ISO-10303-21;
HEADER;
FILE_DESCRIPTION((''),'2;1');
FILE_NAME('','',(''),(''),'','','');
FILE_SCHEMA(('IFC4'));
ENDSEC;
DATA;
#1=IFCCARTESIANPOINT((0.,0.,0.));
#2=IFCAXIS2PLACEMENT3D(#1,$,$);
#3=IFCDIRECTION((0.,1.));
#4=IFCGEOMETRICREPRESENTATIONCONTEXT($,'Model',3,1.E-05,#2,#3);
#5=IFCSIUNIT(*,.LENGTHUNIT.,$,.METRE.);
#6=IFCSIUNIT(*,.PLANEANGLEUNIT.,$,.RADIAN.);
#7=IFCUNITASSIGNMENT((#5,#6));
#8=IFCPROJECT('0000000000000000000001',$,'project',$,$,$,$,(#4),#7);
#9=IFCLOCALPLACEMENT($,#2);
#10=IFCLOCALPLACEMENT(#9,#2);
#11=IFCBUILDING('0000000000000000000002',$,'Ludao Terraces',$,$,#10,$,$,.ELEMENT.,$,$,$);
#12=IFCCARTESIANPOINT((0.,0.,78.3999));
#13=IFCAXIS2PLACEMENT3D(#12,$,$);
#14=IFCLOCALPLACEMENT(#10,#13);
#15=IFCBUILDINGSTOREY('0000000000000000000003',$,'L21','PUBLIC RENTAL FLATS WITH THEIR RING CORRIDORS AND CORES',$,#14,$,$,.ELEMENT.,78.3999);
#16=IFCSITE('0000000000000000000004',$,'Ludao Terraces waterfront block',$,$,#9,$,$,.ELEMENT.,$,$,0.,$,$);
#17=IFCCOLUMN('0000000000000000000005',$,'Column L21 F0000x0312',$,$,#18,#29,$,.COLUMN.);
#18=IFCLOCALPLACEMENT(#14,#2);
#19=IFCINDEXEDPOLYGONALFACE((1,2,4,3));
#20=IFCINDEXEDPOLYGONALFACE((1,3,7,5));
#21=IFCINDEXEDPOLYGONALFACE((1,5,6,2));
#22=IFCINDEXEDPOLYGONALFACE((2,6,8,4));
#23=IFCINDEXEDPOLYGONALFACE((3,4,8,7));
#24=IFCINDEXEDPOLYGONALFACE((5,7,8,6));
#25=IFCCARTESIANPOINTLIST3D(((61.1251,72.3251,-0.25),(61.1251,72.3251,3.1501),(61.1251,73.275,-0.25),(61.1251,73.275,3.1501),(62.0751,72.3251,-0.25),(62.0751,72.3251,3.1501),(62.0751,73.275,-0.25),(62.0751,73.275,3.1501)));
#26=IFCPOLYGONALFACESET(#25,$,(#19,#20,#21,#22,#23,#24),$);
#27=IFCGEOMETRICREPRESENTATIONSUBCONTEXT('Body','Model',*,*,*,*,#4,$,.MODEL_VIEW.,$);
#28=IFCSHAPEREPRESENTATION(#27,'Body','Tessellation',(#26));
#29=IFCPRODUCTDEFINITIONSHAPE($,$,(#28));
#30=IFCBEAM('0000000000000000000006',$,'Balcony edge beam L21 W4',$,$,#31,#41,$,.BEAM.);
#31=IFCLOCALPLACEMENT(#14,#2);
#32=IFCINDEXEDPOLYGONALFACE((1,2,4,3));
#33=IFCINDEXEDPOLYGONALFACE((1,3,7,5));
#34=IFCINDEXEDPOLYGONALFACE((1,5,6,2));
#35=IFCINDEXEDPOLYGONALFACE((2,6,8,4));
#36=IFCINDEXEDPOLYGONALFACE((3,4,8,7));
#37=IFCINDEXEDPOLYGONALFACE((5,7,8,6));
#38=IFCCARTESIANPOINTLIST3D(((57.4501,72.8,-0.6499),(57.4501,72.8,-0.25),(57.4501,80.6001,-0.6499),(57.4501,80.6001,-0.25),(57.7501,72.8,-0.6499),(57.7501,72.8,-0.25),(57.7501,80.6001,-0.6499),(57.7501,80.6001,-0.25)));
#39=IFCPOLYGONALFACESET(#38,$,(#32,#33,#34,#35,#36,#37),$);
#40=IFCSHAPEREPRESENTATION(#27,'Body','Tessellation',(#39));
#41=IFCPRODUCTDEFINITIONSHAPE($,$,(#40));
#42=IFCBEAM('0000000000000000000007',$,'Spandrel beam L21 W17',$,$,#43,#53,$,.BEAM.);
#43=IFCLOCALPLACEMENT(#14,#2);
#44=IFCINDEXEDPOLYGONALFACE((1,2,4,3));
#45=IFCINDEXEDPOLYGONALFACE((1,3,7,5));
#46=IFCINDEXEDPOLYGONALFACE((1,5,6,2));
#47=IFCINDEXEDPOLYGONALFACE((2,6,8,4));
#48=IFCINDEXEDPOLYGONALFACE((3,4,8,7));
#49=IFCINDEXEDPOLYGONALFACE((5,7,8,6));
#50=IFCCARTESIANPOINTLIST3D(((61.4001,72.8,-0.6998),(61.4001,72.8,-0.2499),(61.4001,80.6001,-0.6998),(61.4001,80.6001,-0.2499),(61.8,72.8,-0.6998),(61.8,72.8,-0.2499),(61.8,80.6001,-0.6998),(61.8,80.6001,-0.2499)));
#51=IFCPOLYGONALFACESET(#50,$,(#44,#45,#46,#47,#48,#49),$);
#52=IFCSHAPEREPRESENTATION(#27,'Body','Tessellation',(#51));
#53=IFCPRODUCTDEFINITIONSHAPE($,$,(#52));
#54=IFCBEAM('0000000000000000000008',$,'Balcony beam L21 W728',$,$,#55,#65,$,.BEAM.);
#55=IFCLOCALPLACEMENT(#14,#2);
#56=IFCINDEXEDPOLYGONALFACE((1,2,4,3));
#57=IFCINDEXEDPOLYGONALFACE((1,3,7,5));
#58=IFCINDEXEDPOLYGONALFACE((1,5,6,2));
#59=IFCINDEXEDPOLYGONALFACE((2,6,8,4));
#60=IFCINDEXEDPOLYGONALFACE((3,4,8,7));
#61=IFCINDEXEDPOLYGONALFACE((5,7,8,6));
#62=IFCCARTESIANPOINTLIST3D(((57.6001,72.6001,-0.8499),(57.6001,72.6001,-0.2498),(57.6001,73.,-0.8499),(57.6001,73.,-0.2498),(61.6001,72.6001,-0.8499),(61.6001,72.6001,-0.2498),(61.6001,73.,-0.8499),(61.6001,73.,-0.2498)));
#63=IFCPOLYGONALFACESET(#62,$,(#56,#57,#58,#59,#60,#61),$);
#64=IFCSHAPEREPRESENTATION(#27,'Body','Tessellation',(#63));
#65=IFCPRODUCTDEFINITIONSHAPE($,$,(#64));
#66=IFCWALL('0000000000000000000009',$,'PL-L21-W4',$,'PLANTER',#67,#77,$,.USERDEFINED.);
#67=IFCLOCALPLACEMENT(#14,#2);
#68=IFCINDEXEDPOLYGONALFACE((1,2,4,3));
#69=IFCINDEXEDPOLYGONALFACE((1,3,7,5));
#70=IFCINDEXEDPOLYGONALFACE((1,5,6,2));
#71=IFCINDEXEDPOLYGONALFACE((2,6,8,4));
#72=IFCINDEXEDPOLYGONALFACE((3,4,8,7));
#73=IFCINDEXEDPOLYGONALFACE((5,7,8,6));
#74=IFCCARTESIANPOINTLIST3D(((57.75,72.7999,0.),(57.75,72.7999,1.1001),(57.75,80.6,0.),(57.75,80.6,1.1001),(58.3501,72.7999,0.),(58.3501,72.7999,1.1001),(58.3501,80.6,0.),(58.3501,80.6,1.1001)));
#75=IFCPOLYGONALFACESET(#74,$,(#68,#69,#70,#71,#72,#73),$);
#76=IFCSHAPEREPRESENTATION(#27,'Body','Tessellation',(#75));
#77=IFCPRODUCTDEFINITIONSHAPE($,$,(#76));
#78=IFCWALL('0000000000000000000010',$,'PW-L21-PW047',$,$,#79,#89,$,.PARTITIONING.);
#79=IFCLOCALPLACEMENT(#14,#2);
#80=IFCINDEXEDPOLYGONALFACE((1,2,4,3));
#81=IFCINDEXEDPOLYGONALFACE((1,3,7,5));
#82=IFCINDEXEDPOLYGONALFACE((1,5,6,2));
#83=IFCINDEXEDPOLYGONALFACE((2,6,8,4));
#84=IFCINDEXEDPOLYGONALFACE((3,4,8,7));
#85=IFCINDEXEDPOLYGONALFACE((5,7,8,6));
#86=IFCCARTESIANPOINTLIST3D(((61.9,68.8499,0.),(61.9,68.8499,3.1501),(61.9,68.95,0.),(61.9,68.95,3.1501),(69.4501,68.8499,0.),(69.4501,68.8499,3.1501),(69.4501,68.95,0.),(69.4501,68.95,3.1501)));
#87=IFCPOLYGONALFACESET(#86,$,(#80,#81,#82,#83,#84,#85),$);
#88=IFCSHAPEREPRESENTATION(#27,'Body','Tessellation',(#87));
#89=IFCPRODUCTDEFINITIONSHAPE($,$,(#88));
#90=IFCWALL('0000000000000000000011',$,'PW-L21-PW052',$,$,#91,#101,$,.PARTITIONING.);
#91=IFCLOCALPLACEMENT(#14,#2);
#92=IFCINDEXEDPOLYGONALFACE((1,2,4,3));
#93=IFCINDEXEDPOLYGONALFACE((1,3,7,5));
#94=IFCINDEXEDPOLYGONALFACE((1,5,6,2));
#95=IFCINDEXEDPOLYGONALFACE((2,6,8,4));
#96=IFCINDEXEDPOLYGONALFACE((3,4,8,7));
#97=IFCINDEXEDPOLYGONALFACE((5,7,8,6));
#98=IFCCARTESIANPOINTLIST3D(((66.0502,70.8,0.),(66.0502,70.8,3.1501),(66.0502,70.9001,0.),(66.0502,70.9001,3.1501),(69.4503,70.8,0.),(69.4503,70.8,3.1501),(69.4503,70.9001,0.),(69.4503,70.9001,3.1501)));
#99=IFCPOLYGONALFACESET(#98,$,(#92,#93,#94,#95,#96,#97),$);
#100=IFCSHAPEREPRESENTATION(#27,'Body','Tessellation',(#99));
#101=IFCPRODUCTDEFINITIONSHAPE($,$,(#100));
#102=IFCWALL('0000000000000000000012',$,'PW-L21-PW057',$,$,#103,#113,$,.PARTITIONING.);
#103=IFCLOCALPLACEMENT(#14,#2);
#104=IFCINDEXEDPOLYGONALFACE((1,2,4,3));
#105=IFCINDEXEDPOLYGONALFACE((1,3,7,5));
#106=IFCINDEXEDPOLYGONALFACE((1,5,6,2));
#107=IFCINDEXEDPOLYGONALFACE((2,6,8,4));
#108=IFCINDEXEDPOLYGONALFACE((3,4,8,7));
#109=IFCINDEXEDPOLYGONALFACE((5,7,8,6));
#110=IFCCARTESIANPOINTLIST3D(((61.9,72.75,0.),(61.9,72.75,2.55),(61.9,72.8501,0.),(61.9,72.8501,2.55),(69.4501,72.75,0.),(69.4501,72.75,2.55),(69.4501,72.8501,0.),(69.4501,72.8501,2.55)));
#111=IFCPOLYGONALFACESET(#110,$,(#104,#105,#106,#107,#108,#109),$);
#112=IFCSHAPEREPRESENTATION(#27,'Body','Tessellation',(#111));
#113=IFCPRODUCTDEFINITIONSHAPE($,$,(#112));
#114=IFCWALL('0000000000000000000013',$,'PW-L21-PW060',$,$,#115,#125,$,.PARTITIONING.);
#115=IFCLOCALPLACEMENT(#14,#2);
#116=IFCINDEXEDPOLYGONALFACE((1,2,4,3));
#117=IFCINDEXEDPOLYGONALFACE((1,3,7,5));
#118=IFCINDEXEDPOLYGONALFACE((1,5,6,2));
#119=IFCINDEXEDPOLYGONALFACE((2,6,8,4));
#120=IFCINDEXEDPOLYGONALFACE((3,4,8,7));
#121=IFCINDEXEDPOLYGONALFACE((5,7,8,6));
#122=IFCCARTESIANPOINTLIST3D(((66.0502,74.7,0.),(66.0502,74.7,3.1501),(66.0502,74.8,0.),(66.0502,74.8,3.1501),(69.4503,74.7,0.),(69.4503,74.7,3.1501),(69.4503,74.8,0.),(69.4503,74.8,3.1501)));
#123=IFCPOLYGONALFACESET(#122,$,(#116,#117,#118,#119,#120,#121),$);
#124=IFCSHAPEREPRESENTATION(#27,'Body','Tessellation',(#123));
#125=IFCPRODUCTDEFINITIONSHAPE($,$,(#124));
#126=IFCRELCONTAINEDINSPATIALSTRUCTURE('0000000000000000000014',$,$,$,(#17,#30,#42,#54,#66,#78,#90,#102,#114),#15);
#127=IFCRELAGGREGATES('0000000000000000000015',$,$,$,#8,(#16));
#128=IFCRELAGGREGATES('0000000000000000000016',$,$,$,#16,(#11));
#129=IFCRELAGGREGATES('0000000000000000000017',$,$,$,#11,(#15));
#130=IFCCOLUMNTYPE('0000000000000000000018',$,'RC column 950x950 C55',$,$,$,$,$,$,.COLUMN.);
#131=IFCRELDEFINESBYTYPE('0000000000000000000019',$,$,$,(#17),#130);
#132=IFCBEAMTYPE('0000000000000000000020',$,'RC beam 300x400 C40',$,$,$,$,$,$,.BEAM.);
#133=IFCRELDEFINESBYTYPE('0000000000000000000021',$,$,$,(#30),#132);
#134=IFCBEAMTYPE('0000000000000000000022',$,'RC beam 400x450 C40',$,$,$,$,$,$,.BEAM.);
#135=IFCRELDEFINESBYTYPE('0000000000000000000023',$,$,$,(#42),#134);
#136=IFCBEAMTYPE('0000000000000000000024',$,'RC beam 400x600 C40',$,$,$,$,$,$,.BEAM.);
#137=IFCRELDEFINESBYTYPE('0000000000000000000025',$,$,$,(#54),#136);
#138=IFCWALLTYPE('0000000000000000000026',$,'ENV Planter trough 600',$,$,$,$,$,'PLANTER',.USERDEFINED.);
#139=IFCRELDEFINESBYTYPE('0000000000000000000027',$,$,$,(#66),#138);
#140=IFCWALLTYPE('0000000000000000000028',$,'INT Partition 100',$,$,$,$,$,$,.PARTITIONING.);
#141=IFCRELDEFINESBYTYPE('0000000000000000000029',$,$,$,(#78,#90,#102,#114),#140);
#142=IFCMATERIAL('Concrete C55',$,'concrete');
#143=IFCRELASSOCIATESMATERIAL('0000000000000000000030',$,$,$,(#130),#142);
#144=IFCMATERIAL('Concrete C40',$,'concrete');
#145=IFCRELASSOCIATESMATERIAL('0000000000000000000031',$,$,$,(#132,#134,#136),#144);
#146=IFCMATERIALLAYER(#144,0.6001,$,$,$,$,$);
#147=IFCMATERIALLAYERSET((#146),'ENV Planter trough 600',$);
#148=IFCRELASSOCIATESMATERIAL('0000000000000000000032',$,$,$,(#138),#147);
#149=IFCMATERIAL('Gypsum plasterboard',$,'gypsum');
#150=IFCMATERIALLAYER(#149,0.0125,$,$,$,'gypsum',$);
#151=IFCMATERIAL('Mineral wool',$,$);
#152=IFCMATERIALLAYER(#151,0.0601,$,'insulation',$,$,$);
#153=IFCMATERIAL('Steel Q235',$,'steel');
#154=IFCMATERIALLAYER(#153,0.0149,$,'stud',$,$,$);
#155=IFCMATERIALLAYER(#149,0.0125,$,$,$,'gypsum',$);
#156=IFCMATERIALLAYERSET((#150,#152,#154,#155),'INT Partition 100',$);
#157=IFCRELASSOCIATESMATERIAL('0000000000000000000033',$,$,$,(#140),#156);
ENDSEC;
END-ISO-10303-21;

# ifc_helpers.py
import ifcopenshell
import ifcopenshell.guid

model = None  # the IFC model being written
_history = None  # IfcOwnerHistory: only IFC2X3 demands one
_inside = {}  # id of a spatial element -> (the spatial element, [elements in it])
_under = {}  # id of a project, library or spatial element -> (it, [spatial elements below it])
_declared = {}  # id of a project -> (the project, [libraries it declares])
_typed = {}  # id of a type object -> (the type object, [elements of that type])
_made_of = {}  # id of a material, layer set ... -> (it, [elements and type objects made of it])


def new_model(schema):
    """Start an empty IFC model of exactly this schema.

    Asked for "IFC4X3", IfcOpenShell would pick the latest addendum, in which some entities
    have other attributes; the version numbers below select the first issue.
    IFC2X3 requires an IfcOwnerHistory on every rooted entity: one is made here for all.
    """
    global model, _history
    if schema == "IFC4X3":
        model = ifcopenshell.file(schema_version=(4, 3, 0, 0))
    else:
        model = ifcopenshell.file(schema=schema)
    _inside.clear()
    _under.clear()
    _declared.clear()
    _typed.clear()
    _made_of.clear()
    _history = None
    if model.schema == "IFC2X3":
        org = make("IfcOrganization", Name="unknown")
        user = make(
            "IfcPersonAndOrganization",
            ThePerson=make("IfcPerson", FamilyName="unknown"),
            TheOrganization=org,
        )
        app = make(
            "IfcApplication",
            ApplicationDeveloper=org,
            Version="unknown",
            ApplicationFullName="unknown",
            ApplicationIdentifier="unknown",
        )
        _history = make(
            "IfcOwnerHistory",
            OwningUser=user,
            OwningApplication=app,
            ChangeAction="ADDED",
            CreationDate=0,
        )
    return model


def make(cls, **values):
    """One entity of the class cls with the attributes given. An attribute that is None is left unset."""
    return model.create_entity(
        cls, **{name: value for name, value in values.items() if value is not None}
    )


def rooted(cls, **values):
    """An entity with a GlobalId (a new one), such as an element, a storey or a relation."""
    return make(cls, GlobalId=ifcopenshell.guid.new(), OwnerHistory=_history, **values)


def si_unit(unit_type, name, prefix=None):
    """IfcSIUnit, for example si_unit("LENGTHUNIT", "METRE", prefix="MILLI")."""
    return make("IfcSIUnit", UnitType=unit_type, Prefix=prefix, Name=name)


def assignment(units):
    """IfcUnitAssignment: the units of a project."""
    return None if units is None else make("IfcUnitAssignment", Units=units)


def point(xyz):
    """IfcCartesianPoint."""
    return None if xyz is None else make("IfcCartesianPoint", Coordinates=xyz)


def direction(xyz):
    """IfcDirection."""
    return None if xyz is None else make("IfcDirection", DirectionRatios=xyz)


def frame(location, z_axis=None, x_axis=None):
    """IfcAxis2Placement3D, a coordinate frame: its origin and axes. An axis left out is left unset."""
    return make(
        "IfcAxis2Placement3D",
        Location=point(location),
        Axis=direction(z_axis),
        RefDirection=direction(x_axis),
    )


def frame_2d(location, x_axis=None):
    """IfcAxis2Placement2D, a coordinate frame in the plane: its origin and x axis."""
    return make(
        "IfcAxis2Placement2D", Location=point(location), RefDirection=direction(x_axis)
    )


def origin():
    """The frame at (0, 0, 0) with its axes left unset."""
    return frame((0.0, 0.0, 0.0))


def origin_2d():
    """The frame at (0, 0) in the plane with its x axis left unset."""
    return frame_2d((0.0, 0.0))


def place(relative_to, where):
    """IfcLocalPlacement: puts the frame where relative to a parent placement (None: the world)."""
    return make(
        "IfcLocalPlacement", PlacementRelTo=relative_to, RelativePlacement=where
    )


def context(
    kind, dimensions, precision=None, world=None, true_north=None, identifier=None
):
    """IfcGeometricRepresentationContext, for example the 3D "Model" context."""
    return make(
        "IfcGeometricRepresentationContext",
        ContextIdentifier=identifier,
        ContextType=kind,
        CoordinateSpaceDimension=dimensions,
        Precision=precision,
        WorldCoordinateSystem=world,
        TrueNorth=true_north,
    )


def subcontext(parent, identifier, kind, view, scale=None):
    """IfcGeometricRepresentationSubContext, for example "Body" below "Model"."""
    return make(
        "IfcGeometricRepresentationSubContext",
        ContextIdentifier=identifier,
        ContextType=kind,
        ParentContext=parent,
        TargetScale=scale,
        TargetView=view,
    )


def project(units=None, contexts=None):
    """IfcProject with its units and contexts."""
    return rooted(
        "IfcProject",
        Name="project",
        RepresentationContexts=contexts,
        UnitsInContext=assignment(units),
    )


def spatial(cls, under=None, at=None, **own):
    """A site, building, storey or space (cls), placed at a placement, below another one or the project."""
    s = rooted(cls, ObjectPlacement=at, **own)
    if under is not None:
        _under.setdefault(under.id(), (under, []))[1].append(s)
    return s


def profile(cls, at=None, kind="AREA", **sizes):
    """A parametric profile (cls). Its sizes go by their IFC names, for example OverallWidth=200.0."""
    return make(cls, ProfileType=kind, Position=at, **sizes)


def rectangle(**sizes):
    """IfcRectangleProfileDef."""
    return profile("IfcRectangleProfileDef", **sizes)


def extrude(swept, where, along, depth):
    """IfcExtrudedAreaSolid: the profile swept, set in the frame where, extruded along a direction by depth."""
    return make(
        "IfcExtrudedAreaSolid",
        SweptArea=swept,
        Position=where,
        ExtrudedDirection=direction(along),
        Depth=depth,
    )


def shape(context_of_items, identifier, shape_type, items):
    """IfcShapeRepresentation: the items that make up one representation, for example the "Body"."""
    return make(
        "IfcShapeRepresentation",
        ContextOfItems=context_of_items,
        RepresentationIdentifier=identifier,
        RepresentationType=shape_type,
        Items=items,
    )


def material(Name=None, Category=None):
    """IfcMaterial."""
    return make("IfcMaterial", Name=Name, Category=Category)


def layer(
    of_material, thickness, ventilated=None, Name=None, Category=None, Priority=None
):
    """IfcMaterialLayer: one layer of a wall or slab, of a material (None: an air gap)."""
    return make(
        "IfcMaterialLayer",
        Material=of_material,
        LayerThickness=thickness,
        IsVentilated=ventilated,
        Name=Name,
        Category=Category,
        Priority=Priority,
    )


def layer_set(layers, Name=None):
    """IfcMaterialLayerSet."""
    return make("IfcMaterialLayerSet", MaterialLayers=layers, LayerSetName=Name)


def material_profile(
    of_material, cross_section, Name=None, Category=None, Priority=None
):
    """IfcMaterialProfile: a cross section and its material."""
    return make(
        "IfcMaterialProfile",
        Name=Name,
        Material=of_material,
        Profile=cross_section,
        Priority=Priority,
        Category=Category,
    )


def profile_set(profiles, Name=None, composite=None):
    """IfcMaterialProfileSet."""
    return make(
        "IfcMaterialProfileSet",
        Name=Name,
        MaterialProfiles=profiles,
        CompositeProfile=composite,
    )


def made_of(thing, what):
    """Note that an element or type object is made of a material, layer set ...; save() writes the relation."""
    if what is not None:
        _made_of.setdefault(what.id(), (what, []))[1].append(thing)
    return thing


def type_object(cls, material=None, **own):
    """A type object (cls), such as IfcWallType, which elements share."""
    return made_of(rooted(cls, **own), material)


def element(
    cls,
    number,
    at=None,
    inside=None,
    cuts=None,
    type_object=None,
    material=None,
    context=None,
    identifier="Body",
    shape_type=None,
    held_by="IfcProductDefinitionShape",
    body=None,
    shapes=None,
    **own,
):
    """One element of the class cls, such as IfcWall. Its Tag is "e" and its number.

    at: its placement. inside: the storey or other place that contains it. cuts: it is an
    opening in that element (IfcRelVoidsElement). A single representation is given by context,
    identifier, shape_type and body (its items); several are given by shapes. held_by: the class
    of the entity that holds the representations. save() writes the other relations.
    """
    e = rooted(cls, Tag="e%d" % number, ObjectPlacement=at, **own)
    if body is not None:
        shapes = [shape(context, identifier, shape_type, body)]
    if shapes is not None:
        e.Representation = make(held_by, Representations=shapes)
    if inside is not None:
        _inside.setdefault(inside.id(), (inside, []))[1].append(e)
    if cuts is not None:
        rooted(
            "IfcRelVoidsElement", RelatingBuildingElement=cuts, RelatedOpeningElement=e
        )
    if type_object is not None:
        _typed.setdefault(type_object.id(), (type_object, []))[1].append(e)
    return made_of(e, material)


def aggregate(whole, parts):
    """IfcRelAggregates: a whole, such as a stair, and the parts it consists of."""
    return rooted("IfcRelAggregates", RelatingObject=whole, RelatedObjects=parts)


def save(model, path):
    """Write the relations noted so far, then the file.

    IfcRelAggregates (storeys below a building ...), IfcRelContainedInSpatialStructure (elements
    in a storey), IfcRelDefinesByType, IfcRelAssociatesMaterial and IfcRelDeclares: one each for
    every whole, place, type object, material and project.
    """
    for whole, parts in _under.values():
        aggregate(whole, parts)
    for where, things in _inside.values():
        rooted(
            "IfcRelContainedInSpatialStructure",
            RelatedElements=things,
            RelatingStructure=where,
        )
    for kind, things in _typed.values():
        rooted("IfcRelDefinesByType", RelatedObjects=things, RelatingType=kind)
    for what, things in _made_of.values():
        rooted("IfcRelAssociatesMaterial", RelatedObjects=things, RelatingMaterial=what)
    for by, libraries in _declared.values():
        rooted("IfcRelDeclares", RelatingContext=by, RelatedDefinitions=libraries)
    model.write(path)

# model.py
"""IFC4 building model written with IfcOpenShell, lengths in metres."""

from ifc_helpers import new_model, si_unit, direction, frame, frame_2d, origin, origin_2d, place, context, subcontext, project, spatial, rectangle, extrude, material, layer, layer_set, material_profile, profile_set, type_object, element, save


model = new_model("IFC4")

# Units and contexts
model_context = context("Model", 3, precision=1e-05, world=origin(), true_north=direction((0.0, 1.0)))
body_context = subcontext(model_context, "Body", "Model", "MODEL_VIEW")
ifc_project = project(units=[si_unit("LENGTHUNIT", "METRE"), si_unit("PLANEANGLEUNIT", "RADIAN")], contexts=[model_context])

# Site, building, storey
site_placement = place(None, origin())
site = spatial("IfcSite", under=ifc_project, at=site_placement, Name="Ludao Terraces waterfront block", CompositionType="ELEMENT", RefElevation=0.0)
building_placement = place(site_placement, origin())
building = spatial("IfcBuilding", under=site, at=building_placement, Name="Ludao Terraces", CompositionType="ELEMENT")
storey_placement = place(building_placement, frame((0.0, 0.0, 78.3999)))
storey = spatial("IfcBuildingStorey", under=building, at=storey_placement, Name="L21", Description="PUBLIC RENTAL FLATS WITH THEIR RING CORRIDORS AND CORES", CompositionType="ELEMENT", Elevation=78.3999)

# Column
ifc_material_1 = material(Name="Concrete C55", Category="concrete")
ifc_material_profile_1 = material_profile(ifc_material_1, rectangle(XDim=0.95, YDim=0.95, at=origin_2d()), Name="950 X 950")
ifc_profile_set_1 = profile_set([ifc_material_profile_1], Name="Concrete C55")
column_type = type_object("IfcColumnType", Name="RC column 950x950 C55", PredefinedType="COLUMN", material=ifc_profile_set_1)
column_placement = place(storey_placement, frame((61.6001, 72.8, -0.25), z_axis=(0.0, 0.0, 1.0), x_axis=(1.0, 0.0, 0.0)))
element("IfcColumn", 1, at=column_placement, inside=storey, type_object=column_type, Name="Column L21 F0000x0312", PredefinedType="COLUMN", context=body_context, shape_type="SweptSolid", body=[
    extrude(rectangle(XDim=0.95, YDim=0.95, at=origin_2d()), origin(), (0.0, 0.0, 1.0), 3.4001),
])

# Beams
ifc_material_2 = material(Name="Concrete C40", Category="concrete")
ifc_material_profile_2 = material_profile(ifc_material_2, rectangle(XDim=0.3, YDim=0.3999, at=origin_2d()), Name="300 X 400")
ifc_profile_set_2 = profile_set([ifc_material_profile_2], Name="Concrete C40")
beam_type_1 = type_object("IfcBeamType", Name="RC beam 300x400 C40", PredefinedType="BEAM", material=ifc_profile_set_2)
beam_1_placement = place(storey_placement, frame((57.6001, 72.8, -0.45), z_axis=(0.0, 1.0, 0.0), x_axis=(-1.0, 0.0, 0.0)))
element("IfcBeam", 2, at=beam_1_placement, inside=storey, type_object=beam_type_1, Name="Balcony edge beam L21 W4", PredefinedType="BEAM", context=body_context, shape_type="SweptSolid", body=[
    extrude(rectangle(XDim=0.3, YDim=0.3999, at=origin_2d()), origin(), (0.0, 0.0, 1.0), 7.8),
])
ifc_material_profile_3 = material_profile(ifc_material_2, rectangle(XDim=0.3999, YDim=0.45, at=origin_2d()), Name="400 X 450")
ifc_profile_set_3 = profile_set([ifc_material_profile_3], Name="Concrete C40")
beam_type_2 = type_object("IfcBeamType", Name="RC beam 400x450 C40", PredefinedType="BEAM", material=ifc_profile_set_3)
beam_2_placement = place(storey_placement, frame((61.6001, 72.8, -0.4749), z_axis=(0.0, 1.0, 0.0), x_axis=(-1.0, 0.0, 0.0)))
element("IfcBeam", 3, at=beam_2_placement, inside=storey, type_object=beam_type_2, Name="Spandrel beam L21 W17", PredefinedType="BEAM", context=body_context, shape_type="SweptSolid", body=[
    extrude(rectangle(XDim=0.3999, YDim=0.45, at=origin_2d()), origin(), (0.0, 0.0, 1.0), 7.8),
])
ifc_material_profile_4 = material_profile(ifc_material_2, rectangle(XDim=0.3999, YDim=0.6001, at=origin_2d()), Name="400 X 600")
ifc_profile_set_4 = profile_set([ifc_material_profile_4], Name="Concrete C40")
beam_type_3 = type_object("IfcBeamType", Name="RC beam 400x600 C40", PredefinedType="BEAM", material=ifc_profile_set_4)
beam_3_placement = place(storey_placement, frame((61.6001, 72.8, -0.5498), z_axis=(-1.0, 0.0, 0.0), x_axis=(0.0, -1.0, 0.0)))
element("IfcBeam", 4, at=beam_3_placement, inside=storey, type_object=beam_type_3, Name="Balcony beam L21 W728", PredefinedType="BEAM", context=body_context, shape_type="SweptSolid", body=[
    extrude(rectangle(XDim=0.3999, YDim=0.6001, at=origin_2d()), origin(), (0.0, 0.0, 1.0), 4.0),
])

# Wall
ifc_layer_1 = layer(ifc_material_2, 0.6001)
ifc_layer_set_1 = layer_set([ifc_layer_1], Name="ENV Planter trough 600")
wall_type_1 = type_object("IfcWallType", Name="ENV Planter trough 600", ElementType="PLANTER", PredefinedType="USERDEFINED", material=ifc_layer_set_1)
wall_1_placement = place(storey_placement, frame((58.05, 72.8, 0.0), z_axis=(0.0, 0.0, 1.0), x_axis=(0.0, 1.0, 0.0)))
element("IfcWall", 5, at=wall_1_placement, inside=storey, type_object=wall_type_1, Name="PL-L21-W4", ObjectType="PLANTER", PredefinedType="USERDEFINED", context=body_context, shape_type="SweptSolid", body=[
    extrude(rectangle(XDim=7.8, YDim=0.6001, at=frame_2d((3.8999, 0.0))), origin(), (0.0, 0.0, 1.0), 1.1001),
])

# Shared definitions
ifc_material_3 = material(Name="Mineral wool")

# Walls
ifc_material_4 = material(Name="Gypsum plasterboard", Category="gypsum")
ifc_layer_2 = layer(ifc_material_4, 0.0125, Category="gypsum")
ifc_layer_3 = layer(ifc_material_3, 0.0601, Name="insulation")
ifc_material_5 = material(Name="Steel Q235", Category="steel")
ifc_layer_4 = layer(ifc_material_5, 0.0149, Name="stud")
ifc_layer_5 = layer(ifc_material_4, 0.0125, Category="gypsum")
ifc_layer_set_2 = layer_set([ifc_layer_2, ifc_layer_3, ifc_layer_4, ifc_layer_5], Name="INT Partition 100")
wall_type_2 = type_object("IfcWallType", Name="INT Partition 100", PredefinedType="PARTITIONING", material=ifc_layer_set_2)
wall_2_placement = place(storey_placement, frame((61.9001, 68.8999, 0.0), z_axis=(0.0, 0.0, 1.0), x_axis=(1.0, 0.0, 0.0)))
element("IfcWall", 6, at=wall_2_placement, inside=storey, type_object=wall_type_2, Name="PW-L21-PW047", PredefinedType="PARTITIONING", context=body_context, shape_type="SweptSolid", body=[
    extrude(rectangle(XDim=7.55, YDim=0.1001, at=frame_2d((3.7749, 0.0))), origin(), (0.0, 0.0, 1.0), 3.1501),
])
wall_3_placement = place(storey_placement, frame((66.05, 70.8501, 0.0), z_axis=(0.0, 0.0, 1.0), x_axis=(1.0, 0.0, 0.0)))
element("IfcWall", 7, at=wall_3_placement, inside=storey, type_object=wall_type_2, Name="PW-L21-PW052", PredefinedType="PARTITIONING", context=body_context, shape_type="SweptSolid", body=[
    extrude(rectangle(XDim=3.4001, YDim=0.1001, at=frame_2d((1.7002, 0.0))), origin(), (0.0, 0.0, 1.0), 3.1501),
])
wall_4_placement = place(storey_placement, frame((61.9001, 72.8, 0.0), z_axis=(0.0, 0.0, 1.0), x_axis=(1.0, 0.0, 0.0)))
element("IfcWall", 8, at=wall_4_placement, inside=storey, type_object=wall_type_2, Name="PW-L21-PW057", PredefinedType="PARTITIONING", context=body_context, shape_type="SweptSolid", body=[
    extrude(rectangle(XDim=7.55, YDim=0.1001, at=frame_2d((3.7749, 0.0))), origin(), (0.0, 0.0, 1.0), 2.55),
])
wall_5_placement = place(storey_placement, frame((66.05, 74.75, 0.0), z_axis=(0.0, 0.0, 1.0), x_axis=(1.0, 0.0, 0.0)))
element("IfcWall", 9, at=wall_5_placement, inside=storey, type_object=wall_type_2, Name="PW-L21-PW060", PredefinedType="PARTITIONING", context=body_context, shape_type="SweptSolid", body=[
    extrude(rectangle(XDim=3.4001, YDim=0.1001, at=frame_2d((1.7002, 0.0))), origin(), (0.0, 0.0, 1.0), 3.1501),
])

save(model, "model.ifc")
